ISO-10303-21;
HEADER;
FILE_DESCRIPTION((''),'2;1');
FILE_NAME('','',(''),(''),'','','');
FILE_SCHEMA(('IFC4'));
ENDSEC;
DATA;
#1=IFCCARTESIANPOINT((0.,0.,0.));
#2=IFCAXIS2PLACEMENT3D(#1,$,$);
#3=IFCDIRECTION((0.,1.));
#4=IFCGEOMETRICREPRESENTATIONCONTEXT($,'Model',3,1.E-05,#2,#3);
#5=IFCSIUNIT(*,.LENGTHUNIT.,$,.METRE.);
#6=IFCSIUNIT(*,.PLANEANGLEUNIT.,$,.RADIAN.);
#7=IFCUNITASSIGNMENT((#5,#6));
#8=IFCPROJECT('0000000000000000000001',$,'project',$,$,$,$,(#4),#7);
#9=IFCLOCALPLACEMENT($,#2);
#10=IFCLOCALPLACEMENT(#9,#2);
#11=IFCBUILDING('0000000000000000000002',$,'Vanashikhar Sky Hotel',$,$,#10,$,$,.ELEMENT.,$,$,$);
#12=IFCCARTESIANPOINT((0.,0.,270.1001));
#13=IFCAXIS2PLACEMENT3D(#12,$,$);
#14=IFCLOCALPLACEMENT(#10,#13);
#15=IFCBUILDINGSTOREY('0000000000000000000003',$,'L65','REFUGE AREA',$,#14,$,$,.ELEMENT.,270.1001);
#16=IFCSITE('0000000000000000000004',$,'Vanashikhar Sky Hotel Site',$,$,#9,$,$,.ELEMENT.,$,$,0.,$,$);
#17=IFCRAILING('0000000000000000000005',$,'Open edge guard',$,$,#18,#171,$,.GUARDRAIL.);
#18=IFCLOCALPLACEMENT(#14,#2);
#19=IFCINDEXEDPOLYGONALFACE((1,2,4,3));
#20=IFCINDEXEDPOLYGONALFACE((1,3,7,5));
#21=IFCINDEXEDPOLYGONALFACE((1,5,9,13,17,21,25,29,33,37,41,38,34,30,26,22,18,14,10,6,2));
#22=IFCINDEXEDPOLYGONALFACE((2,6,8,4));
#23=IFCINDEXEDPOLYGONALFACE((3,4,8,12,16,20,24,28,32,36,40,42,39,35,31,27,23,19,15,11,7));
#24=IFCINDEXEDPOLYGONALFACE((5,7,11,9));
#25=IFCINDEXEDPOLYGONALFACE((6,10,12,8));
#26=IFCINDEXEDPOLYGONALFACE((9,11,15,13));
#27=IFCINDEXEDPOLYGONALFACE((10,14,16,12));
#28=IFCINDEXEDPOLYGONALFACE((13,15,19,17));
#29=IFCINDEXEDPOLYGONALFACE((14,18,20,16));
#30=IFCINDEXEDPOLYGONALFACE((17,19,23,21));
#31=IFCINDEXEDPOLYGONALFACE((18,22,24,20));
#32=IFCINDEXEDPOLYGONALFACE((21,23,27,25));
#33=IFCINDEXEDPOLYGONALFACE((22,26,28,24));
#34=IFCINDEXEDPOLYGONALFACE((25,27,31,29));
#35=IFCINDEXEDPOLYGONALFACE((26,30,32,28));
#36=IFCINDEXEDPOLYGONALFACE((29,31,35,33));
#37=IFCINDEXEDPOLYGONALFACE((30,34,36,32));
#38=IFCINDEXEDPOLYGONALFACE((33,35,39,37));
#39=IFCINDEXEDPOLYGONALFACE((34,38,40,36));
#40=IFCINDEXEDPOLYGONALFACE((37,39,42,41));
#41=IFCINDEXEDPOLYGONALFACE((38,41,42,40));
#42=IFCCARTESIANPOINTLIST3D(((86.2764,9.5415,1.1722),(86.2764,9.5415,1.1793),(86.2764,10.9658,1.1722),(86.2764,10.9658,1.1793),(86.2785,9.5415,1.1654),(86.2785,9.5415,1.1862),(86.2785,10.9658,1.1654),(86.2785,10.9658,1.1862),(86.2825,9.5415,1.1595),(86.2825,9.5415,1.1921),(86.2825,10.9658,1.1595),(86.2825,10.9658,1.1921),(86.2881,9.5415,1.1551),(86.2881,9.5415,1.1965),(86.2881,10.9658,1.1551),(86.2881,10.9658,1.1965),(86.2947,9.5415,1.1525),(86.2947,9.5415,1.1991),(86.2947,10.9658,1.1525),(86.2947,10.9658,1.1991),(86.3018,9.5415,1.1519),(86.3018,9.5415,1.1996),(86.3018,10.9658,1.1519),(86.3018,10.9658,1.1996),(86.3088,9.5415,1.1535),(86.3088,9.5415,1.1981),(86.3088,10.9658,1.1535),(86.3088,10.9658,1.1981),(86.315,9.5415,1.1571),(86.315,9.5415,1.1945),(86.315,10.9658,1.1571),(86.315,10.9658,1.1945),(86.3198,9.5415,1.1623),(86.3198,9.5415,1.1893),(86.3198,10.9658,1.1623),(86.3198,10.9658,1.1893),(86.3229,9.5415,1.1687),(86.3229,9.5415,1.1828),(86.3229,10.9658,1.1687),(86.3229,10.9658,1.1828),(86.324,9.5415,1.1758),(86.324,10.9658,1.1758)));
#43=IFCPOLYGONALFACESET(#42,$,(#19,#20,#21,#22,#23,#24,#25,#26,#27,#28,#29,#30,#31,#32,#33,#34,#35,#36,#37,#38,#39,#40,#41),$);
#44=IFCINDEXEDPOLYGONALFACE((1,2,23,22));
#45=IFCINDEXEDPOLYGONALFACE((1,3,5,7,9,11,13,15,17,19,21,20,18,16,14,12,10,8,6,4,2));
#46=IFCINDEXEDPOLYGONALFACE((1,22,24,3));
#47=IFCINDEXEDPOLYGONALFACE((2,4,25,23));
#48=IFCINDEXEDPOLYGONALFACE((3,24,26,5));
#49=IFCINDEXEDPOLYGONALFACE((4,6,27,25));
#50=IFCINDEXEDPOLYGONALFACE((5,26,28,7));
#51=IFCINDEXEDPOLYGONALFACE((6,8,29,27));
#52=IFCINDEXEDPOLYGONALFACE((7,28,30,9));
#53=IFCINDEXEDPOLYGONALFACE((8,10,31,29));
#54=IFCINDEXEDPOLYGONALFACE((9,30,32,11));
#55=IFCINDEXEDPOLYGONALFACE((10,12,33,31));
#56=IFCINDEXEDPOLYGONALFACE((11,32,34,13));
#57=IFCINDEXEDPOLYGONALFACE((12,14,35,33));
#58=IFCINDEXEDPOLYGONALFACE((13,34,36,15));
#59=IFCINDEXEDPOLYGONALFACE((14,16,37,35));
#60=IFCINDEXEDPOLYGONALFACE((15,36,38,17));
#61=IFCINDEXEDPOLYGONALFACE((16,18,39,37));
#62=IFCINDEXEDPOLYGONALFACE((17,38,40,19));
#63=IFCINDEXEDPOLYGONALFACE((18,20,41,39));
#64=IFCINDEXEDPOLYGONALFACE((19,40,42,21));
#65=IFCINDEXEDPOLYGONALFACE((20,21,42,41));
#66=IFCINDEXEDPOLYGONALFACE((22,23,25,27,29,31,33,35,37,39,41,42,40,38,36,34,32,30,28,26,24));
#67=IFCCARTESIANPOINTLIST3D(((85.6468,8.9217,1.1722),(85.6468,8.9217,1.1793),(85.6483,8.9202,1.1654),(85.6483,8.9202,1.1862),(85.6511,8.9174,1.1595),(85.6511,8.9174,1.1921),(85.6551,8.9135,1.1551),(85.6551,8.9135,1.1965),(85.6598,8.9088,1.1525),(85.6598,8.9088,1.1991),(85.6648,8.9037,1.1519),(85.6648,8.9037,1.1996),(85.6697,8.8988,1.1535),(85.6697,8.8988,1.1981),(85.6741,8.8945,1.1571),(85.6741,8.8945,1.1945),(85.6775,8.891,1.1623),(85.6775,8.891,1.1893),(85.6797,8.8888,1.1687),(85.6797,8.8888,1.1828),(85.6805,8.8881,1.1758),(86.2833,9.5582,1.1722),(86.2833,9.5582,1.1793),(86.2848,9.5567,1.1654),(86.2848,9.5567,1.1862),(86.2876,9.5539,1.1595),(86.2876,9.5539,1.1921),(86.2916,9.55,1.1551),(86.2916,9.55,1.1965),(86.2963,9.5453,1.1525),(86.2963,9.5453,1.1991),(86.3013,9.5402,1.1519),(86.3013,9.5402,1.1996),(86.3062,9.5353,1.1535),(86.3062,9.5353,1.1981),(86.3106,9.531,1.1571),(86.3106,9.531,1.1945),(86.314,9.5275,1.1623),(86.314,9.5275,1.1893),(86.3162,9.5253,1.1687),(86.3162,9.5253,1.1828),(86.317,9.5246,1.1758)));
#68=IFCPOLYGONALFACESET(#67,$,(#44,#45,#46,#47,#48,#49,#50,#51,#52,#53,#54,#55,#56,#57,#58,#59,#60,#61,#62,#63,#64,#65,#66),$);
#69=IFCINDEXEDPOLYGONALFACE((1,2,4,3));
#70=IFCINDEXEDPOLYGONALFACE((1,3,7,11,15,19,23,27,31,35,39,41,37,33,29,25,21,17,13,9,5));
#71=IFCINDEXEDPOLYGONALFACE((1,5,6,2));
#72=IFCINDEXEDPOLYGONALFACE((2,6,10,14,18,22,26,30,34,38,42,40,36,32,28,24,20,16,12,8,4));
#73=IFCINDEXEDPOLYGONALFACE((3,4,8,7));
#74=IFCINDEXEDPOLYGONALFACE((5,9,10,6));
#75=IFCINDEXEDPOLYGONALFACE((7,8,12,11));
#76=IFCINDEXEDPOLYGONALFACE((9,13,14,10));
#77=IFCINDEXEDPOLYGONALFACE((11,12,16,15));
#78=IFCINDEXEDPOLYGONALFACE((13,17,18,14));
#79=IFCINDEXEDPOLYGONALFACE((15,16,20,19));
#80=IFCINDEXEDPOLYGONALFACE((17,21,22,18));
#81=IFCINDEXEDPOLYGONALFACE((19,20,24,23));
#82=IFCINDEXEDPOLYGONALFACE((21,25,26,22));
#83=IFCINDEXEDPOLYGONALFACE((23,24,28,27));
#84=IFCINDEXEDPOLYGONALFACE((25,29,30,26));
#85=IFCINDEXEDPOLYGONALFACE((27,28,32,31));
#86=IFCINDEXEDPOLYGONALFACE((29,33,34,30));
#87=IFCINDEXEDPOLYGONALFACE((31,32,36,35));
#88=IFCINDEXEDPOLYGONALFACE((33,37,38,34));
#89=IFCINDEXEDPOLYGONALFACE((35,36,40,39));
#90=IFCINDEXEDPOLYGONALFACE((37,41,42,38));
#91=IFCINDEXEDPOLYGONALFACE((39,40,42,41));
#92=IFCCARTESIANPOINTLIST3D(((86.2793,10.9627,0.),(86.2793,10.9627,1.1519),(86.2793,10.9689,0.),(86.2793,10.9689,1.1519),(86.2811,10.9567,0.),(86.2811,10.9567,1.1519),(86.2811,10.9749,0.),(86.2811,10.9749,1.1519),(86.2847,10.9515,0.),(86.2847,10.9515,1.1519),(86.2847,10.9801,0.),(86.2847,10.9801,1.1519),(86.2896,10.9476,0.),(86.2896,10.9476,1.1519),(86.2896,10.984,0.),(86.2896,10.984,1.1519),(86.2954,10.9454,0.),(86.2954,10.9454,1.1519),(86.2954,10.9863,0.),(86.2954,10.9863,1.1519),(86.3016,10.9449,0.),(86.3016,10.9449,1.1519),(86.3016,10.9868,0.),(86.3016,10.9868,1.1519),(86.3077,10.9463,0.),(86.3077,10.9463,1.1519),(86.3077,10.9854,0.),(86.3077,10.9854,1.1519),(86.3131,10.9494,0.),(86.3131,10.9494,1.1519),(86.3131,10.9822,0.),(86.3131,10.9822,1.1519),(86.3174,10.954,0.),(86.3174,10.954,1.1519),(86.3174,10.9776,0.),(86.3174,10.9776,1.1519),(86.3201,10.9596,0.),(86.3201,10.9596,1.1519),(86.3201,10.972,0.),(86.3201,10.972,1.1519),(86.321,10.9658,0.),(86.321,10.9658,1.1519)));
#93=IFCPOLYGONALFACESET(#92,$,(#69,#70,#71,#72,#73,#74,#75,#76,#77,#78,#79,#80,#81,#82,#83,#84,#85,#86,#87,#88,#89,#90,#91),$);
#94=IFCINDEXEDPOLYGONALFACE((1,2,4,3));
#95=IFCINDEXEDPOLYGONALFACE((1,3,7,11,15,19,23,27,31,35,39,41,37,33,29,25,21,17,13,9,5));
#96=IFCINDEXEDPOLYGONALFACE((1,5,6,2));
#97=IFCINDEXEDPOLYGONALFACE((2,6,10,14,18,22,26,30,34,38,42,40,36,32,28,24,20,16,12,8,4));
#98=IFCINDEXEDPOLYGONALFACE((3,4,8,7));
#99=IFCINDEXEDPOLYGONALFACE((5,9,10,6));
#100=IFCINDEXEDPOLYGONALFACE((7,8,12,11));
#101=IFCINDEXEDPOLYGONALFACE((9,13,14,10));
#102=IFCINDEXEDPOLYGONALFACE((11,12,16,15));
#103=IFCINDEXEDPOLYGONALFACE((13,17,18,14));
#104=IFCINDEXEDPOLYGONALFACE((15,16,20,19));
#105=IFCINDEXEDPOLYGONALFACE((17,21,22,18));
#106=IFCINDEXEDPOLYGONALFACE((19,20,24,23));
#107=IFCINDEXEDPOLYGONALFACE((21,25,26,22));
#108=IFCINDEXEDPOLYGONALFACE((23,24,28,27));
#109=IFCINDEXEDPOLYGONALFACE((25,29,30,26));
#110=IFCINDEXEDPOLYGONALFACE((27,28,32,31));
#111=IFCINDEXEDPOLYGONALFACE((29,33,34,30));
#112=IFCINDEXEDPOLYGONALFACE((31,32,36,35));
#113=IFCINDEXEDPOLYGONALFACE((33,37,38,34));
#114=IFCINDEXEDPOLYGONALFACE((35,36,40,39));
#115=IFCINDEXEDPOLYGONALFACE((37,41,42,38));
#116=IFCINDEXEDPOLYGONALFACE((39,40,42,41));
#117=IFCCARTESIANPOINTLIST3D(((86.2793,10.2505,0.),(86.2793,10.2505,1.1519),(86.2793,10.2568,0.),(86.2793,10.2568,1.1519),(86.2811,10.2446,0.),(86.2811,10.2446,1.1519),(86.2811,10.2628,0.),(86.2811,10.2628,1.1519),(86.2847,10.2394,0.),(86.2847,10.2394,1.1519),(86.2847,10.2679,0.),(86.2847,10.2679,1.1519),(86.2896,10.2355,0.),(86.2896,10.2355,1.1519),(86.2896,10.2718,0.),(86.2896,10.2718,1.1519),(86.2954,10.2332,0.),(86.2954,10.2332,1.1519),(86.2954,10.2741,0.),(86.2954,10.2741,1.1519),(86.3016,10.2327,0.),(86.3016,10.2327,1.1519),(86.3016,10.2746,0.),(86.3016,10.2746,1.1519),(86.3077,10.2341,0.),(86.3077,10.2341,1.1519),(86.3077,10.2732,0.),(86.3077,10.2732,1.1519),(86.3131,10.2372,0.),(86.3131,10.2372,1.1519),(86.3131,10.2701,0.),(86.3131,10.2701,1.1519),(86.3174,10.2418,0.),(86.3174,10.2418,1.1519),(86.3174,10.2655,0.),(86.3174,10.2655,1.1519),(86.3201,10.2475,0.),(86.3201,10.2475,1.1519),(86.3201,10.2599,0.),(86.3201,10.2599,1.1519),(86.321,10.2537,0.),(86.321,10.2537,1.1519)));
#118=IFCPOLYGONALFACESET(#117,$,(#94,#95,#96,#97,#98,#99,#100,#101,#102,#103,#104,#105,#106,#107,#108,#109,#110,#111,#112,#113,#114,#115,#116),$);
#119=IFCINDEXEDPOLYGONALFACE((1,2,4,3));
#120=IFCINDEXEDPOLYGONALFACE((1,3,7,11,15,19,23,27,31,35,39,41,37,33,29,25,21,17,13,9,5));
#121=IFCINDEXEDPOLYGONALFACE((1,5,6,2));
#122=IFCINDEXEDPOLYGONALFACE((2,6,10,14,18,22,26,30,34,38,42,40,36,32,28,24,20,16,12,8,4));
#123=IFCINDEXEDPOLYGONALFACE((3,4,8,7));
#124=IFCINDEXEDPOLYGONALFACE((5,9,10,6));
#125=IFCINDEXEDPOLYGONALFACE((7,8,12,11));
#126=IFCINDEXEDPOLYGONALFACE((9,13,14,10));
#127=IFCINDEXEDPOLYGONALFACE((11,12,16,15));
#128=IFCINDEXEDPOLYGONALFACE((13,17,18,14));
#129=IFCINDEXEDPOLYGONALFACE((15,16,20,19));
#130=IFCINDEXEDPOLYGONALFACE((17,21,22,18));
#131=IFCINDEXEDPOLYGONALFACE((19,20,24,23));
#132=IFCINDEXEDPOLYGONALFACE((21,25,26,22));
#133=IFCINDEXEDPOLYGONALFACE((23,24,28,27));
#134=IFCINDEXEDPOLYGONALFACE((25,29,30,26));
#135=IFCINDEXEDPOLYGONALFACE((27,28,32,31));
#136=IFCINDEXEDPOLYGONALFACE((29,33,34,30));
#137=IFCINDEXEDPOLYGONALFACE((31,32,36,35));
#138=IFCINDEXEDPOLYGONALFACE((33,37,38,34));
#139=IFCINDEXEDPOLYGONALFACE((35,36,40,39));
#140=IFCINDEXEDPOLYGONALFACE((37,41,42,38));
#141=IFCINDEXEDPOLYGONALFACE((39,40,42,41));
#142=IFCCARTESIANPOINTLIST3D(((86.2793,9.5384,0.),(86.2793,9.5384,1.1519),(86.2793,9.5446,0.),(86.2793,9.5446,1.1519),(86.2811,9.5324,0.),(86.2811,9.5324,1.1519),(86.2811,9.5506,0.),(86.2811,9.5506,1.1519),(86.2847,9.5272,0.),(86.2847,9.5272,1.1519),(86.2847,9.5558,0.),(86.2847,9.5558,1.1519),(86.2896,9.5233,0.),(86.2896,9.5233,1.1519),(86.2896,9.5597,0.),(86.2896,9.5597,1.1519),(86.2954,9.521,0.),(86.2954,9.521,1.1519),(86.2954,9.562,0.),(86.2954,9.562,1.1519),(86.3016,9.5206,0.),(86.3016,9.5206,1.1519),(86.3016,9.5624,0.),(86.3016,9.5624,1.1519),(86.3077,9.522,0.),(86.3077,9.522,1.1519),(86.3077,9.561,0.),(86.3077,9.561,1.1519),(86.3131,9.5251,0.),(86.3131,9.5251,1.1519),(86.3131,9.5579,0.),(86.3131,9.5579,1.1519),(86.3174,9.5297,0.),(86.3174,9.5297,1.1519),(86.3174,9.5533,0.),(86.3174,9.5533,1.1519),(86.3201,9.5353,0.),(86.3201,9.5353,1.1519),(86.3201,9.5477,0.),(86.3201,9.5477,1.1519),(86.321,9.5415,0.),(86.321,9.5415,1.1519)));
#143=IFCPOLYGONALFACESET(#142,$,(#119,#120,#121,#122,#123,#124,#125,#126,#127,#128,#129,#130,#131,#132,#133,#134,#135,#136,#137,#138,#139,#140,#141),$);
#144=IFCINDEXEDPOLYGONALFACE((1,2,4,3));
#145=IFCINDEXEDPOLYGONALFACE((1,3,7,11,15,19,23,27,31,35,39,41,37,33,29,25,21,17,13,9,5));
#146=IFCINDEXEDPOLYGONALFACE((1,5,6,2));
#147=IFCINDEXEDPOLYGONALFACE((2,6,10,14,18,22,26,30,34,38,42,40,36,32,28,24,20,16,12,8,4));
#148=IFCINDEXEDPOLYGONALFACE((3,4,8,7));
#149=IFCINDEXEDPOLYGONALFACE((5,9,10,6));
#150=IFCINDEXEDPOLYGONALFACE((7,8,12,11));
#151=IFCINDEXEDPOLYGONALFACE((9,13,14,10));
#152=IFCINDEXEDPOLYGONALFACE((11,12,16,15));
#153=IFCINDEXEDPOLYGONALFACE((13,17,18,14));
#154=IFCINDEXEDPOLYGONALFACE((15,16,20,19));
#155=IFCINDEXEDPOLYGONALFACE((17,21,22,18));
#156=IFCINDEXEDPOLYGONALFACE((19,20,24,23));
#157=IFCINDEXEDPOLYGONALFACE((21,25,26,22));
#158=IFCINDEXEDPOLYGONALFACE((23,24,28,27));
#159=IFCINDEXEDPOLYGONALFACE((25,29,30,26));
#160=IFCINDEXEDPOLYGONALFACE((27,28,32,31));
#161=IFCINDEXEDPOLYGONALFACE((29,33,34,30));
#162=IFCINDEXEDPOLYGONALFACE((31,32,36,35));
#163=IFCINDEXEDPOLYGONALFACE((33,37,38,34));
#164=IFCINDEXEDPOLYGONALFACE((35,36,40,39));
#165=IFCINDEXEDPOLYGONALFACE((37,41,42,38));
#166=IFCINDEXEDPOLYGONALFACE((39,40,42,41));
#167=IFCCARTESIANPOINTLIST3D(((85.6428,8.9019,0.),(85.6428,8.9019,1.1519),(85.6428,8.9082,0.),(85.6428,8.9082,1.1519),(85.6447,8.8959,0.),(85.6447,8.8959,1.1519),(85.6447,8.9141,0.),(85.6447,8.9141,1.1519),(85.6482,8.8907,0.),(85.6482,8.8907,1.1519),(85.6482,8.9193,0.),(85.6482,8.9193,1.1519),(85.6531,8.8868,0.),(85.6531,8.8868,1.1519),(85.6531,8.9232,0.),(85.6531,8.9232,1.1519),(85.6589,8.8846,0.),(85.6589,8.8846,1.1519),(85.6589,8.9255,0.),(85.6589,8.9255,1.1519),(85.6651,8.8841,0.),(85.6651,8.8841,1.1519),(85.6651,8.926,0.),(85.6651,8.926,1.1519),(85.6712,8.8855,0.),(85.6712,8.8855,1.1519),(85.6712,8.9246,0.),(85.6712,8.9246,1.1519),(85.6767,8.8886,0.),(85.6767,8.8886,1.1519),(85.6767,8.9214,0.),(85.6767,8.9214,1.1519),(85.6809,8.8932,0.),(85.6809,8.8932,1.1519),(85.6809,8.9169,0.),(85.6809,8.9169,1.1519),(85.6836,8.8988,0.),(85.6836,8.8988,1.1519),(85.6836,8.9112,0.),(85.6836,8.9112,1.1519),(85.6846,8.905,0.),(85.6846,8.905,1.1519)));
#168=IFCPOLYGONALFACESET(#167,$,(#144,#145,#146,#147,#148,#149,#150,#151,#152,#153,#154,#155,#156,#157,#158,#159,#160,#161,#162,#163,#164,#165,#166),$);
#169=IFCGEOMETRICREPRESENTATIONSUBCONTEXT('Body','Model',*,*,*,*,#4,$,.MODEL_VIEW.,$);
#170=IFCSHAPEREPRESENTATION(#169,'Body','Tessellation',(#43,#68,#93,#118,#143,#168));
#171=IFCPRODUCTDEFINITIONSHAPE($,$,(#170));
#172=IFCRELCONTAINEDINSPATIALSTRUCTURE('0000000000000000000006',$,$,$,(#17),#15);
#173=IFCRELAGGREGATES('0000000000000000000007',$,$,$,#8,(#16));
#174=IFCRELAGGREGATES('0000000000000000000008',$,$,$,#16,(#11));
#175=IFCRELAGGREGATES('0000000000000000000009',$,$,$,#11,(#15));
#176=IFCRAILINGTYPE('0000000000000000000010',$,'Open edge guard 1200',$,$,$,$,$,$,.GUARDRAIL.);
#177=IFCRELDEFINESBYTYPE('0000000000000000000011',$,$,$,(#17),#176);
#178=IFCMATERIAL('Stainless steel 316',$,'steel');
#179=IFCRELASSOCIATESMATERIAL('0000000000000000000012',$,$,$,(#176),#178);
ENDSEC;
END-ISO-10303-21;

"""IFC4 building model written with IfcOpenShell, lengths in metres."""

from ifc_helpers import new_model, si_unit, direction, frame, origin, origin_2d, place, context, subcontext, project, spatial, circle, extrude, source, transform, mapped, material, type_object, element, save


model = new_model("IFC4")

# Units and contexts
model_context = context("Model", 3, precision=1e-05, world=origin(), true_north=direction((0.0, 1.0)))
body_context = subcontext(model_context, "Body", "Model", "MODEL_VIEW")
ifc_project = project(units=[si_unit("LENGTHUNIT", "METRE"), si_unit("PLANEANGLEUNIT", "RADIAN")], contexts=[model_context])

# Site, building, storey
site_placement = place(None, origin())
site = spatial("IfcSite", under=ifc_project, at=site_placement, Name="Vanashikhar Sky Hotel Site", CompositionType="ELEMENT", RefElevation=0.0)
building_placement = place(site_placement, origin())
building = spatial("IfcBuilding", under=site, at=building_placement, Name="Vanashikhar Sky Hotel", CompositionType="ELEMENT")
storey_placement = place(building_placement, frame((0.0, 0.0, 270.1001)))
storey = spatial("IfcBuildingStorey", under=building, at=storey_placement, Name="L65", Description="REFUGE AREA", CompositionType="ELEMENT", Elevation=270.1001)

# Railing
ifc_material_1 = material(Name="Stainless steel 316", Category="steel")
railing_type = type_object("IfcRailingType", Name="Open edge guard 1200", PredefinedType="GUARDRAIL", material=ifc_material_1)
shared_shape_1 = source(origin(), body_context, "Body", "SweptSolid", [
    extrude(circle(Radius=0.0239, at=origin_2d()), frame((0.0, 0.0, 1.1758), z_axis=(0.0, -1.0, 0.0), x_axis=(1.0, 0.0, 0.0)), (0.0, 0.0, 1.0), 1.4243),
    extrude(circle(Radius=0.0239, at=origin_2d()), frame((0.0, -1.4243, 1.1758), z_axis=(-0.707107, -0.707107, 0.0), x_axis=(0.707107, -0.707107, 0.0)), (0.0, 0.0, 1.0), 0.9001),
    extrude(circle(Radius=0.021, at=origin_2d()), origin(), (0.0, 0.0, 1.0), 1.1519),
    extrude(circle(Radius=0.021, at=origin_2d()), frame((0.0, -0.7122, 0.0)), (0.0, 0.0, 1.0), 1.1519),
    extrude(circle(Radius=0.021, at=origin_2d()), frame((0.0, -1.4243, 0.0)), (0.0, 0.0, 1.0), 1.1519),
    extrude(circle(Radius=0.021, at=origin_2d()), frame((-0.6365, -2.0608, 0.0)), (0.0, 0.0, 1.0), 1.1519),
])
railing_1_placement = place(storey_placement, frame((86.3, 10.9658, 0.0)))
element("IfcRailing", 1, at=railing_1_placement, inside=storey, type_object=railing_type, Name="Open edge guard", PredefinedType="GUARDRAIL", context=body_context, shape_type="MappedRepresentation", body=[
    mapped(shared_shape_1, transform((0.0, 0.0, 0.0), scale=1.0)),
])

save(model, "model.ifc")
